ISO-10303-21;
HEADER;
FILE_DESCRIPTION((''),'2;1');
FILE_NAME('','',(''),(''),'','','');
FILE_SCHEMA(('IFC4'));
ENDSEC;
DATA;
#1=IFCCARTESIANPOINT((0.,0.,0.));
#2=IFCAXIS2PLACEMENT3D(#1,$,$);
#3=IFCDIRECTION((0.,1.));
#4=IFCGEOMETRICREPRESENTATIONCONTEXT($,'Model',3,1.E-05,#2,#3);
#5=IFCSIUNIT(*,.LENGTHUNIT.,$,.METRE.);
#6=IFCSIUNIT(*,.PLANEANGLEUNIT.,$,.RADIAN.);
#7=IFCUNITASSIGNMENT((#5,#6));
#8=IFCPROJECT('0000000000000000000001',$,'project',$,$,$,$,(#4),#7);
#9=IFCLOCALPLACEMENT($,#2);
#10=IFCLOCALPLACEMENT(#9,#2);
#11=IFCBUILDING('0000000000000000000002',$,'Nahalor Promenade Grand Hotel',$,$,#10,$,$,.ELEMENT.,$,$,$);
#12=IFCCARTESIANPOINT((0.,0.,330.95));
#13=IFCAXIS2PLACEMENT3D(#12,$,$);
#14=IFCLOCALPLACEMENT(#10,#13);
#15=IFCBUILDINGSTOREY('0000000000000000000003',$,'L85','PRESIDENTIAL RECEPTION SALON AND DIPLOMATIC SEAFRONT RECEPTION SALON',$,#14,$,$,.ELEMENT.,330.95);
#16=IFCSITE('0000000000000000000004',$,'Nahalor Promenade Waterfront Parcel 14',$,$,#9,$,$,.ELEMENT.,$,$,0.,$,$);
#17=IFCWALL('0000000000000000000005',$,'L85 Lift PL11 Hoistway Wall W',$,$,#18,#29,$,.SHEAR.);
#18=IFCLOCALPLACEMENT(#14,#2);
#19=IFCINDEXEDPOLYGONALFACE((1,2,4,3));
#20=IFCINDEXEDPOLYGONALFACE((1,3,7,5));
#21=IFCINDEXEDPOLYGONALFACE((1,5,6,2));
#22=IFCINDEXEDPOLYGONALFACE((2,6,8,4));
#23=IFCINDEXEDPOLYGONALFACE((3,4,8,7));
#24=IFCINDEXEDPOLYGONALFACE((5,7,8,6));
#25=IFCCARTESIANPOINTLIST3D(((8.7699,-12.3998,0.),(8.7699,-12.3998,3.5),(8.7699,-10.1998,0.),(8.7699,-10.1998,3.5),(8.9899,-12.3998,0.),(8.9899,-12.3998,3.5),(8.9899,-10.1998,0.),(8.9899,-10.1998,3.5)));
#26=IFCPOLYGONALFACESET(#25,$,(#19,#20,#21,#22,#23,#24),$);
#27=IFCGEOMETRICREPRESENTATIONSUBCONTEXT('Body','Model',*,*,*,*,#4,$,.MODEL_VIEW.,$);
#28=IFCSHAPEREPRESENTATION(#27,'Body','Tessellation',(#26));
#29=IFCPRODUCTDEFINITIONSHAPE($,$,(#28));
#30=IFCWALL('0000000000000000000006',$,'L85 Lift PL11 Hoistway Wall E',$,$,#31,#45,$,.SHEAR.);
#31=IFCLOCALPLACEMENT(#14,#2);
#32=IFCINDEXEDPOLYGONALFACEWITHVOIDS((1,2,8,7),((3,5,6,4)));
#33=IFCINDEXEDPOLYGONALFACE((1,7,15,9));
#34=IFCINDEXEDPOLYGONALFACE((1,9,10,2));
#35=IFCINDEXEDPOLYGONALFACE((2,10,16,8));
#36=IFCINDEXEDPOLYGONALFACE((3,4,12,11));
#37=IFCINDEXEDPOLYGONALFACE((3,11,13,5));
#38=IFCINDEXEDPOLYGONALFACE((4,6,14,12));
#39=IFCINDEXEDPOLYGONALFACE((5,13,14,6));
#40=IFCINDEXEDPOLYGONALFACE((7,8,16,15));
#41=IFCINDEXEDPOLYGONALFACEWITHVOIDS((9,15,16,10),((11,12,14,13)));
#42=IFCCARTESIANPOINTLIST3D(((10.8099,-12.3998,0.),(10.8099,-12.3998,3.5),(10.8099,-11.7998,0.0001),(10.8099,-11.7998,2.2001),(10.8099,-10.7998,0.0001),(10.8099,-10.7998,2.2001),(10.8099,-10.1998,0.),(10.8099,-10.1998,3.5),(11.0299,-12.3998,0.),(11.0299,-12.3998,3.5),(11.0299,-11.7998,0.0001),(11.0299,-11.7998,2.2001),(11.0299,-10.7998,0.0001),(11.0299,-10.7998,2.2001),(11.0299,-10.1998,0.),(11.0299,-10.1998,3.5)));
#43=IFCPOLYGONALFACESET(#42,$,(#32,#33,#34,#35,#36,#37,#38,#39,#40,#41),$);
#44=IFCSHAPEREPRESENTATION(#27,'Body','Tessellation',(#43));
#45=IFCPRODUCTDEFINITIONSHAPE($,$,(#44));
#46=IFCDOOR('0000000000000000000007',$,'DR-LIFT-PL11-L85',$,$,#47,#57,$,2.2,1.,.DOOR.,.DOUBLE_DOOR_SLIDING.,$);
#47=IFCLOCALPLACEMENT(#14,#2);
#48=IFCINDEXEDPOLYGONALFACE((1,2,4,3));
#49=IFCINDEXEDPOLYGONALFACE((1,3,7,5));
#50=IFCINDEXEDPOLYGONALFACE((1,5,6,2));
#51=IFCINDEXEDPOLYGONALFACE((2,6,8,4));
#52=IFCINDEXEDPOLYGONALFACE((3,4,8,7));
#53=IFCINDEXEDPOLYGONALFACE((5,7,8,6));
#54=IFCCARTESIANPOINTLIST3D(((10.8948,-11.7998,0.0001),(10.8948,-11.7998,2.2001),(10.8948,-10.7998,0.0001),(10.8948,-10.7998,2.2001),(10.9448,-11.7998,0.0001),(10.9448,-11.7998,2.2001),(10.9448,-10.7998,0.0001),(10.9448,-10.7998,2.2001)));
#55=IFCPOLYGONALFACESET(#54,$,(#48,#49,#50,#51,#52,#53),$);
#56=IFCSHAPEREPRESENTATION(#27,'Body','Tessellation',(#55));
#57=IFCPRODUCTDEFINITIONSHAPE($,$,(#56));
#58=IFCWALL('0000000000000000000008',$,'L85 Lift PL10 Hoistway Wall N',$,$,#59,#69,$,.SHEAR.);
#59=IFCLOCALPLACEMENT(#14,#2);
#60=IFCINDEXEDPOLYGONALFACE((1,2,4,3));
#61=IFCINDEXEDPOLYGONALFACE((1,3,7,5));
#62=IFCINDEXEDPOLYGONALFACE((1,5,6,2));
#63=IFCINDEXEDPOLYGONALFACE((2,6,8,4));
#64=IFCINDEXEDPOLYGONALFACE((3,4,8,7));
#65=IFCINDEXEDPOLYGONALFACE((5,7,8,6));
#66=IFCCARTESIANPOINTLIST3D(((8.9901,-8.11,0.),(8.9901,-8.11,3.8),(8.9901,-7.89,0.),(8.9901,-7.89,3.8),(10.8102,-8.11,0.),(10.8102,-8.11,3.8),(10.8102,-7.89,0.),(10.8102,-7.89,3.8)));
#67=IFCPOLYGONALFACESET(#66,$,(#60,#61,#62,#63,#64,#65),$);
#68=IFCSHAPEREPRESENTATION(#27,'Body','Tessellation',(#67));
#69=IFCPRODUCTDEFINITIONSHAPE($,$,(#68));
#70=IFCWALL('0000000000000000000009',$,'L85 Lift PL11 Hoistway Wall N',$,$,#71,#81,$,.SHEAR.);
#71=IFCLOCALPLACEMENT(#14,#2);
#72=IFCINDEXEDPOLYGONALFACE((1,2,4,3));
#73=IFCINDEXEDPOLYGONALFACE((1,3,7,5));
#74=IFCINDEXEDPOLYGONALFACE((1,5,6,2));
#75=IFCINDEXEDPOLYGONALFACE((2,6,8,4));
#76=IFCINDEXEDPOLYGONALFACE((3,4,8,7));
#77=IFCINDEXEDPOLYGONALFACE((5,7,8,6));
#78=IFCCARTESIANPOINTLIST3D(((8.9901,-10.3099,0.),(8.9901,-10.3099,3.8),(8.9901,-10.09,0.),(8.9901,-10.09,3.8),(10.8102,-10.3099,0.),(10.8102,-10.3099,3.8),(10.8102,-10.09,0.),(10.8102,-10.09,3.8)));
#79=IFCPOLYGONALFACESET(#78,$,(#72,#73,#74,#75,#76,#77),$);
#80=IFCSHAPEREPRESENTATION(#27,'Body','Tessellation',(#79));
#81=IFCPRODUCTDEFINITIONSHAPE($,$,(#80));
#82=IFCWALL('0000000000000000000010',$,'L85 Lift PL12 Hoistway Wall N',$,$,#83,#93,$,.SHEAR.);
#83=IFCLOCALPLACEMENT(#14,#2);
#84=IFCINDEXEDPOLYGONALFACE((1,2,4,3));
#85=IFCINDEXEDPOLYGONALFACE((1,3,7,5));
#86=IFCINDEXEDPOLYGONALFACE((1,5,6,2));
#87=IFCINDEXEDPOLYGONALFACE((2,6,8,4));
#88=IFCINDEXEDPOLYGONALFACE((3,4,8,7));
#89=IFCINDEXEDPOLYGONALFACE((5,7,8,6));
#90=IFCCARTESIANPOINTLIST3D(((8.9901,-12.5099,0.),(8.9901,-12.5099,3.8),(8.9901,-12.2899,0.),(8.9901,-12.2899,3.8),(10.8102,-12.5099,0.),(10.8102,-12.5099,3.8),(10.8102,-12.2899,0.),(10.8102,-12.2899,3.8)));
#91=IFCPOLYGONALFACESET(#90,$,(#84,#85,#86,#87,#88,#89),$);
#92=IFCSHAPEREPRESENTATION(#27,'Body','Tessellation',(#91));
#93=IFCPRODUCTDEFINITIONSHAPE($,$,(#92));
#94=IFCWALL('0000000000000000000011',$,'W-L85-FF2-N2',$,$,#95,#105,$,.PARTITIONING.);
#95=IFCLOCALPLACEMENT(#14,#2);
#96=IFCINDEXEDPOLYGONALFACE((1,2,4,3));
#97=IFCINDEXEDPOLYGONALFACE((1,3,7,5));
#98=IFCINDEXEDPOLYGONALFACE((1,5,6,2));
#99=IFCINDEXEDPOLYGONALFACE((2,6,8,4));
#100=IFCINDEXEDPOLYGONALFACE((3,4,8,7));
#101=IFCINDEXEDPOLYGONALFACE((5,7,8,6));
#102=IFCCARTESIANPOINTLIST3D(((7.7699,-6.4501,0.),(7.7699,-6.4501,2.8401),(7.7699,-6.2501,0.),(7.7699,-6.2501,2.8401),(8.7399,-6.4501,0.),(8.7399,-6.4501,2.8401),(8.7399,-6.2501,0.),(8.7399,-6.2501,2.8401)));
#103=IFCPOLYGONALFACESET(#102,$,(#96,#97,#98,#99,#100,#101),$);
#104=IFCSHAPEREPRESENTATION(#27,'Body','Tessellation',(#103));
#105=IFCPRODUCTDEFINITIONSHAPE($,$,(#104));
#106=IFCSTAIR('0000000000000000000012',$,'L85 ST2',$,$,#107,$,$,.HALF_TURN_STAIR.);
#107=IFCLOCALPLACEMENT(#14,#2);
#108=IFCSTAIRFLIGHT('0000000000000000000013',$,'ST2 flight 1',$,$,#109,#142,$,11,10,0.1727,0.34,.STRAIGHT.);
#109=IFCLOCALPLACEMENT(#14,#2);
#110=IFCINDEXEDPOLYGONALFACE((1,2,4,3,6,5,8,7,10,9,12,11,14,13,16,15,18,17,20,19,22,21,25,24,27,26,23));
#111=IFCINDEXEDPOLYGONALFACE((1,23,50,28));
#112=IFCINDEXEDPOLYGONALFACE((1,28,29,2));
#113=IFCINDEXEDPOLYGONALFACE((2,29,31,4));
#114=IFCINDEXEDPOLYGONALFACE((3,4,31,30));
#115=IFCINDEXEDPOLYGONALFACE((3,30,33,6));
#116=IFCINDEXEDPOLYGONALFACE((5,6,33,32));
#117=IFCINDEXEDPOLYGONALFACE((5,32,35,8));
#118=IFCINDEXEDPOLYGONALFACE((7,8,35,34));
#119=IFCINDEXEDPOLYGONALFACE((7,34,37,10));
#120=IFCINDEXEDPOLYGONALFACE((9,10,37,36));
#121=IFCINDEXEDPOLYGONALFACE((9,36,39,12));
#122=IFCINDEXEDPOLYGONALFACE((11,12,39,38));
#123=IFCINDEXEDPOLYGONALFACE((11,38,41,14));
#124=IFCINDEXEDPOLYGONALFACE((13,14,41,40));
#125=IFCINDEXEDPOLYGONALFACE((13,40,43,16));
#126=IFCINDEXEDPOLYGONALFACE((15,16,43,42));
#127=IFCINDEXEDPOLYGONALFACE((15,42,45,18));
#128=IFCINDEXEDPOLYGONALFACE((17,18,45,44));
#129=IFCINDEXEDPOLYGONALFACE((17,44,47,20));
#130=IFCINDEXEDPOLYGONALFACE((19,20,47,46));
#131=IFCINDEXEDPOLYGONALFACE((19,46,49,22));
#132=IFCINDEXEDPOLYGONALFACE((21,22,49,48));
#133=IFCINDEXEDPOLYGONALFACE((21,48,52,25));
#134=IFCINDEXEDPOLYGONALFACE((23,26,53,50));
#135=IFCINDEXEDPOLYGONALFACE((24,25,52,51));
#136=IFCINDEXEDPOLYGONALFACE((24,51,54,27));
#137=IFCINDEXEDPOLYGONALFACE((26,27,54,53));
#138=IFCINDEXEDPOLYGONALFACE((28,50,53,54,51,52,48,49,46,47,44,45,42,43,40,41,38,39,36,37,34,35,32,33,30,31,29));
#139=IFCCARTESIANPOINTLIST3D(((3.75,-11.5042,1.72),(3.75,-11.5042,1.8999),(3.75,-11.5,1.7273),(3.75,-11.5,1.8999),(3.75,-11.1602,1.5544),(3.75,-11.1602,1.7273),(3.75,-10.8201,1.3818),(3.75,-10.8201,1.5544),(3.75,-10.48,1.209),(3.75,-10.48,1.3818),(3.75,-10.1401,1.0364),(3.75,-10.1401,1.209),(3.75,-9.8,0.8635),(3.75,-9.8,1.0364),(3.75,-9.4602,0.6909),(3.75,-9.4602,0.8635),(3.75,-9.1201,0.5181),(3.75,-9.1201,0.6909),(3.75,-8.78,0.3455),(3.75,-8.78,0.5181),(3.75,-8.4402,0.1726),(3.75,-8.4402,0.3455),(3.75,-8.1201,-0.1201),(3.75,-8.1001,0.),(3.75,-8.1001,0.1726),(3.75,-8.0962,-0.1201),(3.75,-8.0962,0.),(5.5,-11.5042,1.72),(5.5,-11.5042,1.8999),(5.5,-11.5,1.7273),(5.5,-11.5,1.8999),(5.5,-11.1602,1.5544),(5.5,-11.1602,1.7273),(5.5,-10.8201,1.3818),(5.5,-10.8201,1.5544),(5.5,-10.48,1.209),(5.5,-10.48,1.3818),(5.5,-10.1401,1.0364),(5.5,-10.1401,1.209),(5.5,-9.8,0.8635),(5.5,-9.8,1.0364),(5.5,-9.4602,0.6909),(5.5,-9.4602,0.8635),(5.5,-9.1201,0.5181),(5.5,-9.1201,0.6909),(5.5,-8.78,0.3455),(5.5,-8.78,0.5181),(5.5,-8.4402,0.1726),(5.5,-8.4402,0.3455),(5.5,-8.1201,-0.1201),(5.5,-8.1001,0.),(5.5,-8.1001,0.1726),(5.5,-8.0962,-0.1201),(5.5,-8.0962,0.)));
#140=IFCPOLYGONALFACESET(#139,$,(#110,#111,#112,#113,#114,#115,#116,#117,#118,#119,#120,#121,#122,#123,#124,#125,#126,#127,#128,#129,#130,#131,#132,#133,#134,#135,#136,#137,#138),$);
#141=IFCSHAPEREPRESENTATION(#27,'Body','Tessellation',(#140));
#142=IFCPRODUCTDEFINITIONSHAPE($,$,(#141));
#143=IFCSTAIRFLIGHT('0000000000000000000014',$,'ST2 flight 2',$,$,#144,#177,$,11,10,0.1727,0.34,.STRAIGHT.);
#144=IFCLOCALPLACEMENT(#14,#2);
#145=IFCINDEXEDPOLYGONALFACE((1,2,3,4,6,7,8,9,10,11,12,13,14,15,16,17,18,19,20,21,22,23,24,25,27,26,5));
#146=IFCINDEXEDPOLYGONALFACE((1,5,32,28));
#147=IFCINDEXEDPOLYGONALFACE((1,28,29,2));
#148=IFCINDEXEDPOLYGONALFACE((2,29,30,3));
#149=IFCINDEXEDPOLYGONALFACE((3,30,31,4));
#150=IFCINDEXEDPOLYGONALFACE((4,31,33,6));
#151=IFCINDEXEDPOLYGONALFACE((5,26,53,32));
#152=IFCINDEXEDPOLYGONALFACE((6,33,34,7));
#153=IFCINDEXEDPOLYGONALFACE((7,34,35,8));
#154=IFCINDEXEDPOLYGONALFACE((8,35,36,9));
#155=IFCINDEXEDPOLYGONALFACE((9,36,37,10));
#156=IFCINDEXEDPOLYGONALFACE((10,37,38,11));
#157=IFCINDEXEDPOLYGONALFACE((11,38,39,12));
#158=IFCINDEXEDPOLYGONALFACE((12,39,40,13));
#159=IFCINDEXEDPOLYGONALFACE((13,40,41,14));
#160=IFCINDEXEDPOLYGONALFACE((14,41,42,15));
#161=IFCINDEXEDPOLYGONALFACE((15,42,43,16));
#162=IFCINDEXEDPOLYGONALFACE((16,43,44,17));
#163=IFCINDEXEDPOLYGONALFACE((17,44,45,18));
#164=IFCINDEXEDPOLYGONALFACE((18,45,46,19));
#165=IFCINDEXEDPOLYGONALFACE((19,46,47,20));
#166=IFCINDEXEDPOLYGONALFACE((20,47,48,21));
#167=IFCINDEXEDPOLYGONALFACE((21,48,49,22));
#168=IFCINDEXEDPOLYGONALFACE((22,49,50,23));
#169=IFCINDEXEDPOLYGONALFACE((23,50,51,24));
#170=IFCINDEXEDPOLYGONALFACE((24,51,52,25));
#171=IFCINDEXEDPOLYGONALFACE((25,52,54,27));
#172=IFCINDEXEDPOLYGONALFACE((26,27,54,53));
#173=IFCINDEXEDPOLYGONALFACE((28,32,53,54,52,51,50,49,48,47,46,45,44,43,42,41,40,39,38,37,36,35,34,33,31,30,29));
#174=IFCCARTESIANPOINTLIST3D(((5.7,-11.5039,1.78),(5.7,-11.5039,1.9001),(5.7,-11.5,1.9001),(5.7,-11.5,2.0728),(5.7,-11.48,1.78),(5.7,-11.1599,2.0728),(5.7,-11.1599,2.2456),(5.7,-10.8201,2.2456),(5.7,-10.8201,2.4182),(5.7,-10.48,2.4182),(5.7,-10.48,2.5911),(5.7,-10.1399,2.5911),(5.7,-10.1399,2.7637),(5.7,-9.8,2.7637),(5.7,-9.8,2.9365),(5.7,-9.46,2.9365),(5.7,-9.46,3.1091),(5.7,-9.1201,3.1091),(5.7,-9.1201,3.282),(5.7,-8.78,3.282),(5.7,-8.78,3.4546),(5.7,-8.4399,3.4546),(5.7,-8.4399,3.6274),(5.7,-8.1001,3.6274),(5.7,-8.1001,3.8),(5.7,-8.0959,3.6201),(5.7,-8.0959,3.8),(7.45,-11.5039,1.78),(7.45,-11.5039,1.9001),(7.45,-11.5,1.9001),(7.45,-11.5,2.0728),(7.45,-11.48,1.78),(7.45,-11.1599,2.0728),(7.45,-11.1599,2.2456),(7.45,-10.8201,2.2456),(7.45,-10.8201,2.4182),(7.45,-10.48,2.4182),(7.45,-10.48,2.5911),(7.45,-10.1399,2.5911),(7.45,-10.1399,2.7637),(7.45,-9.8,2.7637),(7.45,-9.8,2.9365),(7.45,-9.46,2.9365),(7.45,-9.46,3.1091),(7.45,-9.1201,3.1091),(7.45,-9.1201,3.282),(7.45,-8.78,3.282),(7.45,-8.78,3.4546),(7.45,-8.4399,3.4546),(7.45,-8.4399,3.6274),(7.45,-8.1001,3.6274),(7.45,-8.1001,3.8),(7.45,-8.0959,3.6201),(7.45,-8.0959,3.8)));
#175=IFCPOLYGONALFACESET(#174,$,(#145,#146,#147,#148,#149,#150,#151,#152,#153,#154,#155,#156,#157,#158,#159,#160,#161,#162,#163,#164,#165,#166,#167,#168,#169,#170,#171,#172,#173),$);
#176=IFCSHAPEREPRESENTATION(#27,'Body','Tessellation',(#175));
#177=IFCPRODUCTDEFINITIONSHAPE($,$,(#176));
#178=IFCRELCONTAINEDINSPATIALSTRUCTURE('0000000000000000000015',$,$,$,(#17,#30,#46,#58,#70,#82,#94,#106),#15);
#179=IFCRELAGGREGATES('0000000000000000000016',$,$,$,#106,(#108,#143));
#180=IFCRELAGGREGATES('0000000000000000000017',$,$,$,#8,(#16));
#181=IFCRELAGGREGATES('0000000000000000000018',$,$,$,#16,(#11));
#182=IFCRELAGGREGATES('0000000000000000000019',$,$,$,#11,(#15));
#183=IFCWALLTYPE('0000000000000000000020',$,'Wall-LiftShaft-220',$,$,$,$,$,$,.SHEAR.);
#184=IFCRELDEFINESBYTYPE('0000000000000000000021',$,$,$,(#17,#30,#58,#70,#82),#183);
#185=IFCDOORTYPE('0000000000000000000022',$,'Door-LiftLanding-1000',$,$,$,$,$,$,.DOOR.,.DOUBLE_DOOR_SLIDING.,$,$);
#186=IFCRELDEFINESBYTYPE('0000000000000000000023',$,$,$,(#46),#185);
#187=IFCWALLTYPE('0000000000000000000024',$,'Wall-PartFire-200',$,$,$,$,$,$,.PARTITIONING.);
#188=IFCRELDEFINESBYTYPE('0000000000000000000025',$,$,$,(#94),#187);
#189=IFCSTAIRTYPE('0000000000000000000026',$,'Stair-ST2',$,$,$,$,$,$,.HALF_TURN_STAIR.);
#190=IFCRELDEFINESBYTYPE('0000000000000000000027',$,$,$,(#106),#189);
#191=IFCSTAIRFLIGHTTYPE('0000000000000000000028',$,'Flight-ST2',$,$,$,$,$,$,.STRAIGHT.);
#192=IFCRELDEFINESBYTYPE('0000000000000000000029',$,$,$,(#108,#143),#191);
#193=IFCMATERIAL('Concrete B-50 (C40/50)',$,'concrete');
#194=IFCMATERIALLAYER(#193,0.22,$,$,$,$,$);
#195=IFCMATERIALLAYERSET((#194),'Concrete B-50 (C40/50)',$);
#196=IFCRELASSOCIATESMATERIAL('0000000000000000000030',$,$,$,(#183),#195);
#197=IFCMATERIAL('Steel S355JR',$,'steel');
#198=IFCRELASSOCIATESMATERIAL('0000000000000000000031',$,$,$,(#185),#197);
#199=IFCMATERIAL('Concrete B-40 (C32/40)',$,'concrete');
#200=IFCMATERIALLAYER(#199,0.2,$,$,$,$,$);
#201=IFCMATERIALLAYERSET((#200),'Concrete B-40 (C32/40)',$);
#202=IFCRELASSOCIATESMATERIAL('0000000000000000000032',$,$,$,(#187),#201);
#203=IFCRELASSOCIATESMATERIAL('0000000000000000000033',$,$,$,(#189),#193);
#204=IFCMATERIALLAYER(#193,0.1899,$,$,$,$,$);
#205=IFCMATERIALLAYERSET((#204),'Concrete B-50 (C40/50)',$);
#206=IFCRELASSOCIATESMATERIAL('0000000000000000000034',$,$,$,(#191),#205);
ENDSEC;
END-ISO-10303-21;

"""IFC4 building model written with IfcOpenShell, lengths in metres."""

from ifc_helpers import new_model, si_unit, direction, frame, frame_2d, origin, place, context, subcontext, project, spatial, polyline, rectangle, outline, extrude, source, transform, mapped, material, layer, layer_set, type_object, element, fill, aggregate, save


model = new_model("IFC4")

# Units and contexts
model_context = context("Model", 3, precision=1e-05, world=origin(), true_north=direction((0.0, 1.0)))
body_context = subcontext(model_context, "Body", "Model", "MODEL_VIEW")
ifc_project = project(units=[si_unit("LENGTHUNIT", "METRE"), si_unit("PLANEANGLEUNIT", "RADIAN")], contexts=[model_context])

# Site, building, storey
site_placement = place(None, origin())
site = spatial("IfcSite", under=ifc_project, at=site_placement, Name="Nahalor Promenade Waterfront Parcel 14", CompositionType="ELEMENT", RefElevation=0.0)
building_placement = place(site_placement, origin())
building = spatial("IfcBuilding", under=site, at=building_placement, Name="Nahalor Promenade Grand Hotel", CompositionType="ELEMENT")
storey_placement = place(building_placement, frame((0.0, 0.0, 330.95)))
storey = spatial("IfcBuildingStorey", under=building, at=storey_placement, Name="L85", Description="PRESIDENTIAL RECEPTION SALON AND DIPLOMATIC SEAFRONT RECEPTION SALON", CompositionType="ELEMENT", Elevation=330.95)

# Shared definitions
ifc_material_1 = material(Name="Steel S355JR", Category="steel")

# Shared definitions
ifc_material_2 = material(Name="Concrete B-50 (C40/50)", Category="concrete")
ifc_layer_1 = layer(ifc_material_2, 0.22)
ifc_layer_set_1 = layer_set([ifc_layer_1], Name="Concrete B-50 (C40/50)")
wall_type_1 = type_object("IfcWallType", Name="Wall-LiftShaft-220", PredefinedType="SHEAR", material=ifc_layer_set_1)

# Shared definitions
door_type = type_object("IfcDoorType", Name="Door-LiftLanding-1000", OperationType="DOUBLE_DOOR_SLIDING", PredefinedType="DOOR", material=ifc_material_1)
shared_shape_1 = source(origin(), body_context, "Body", "SweptSolid", [
    extrude(rectangle(XDim=1.0, YDim=2.2, at=frame_2d((0.5, 1.1001))), frame((0.0, 0.0249, 0.0), z_axis=(0.0, -1.0, 0.0), x_axis=(1.0, 0.0, 0.0)), (0.0, 0.0, 1.0), 0.05),
])

# Shared definitions
shared_shape_2 = source(origin(), body_context, "Body", "SweptSolid", [
    extrude(rectangle(XDim=2.2, YDim=0.22, at=frame_2d((1.1001, 0.0))), origin(), (0.0, 0.0, 1.0), 3.5),
])

# Wall
wall_1_placement = place(storey_placement, frame((8.8799, -12.3999, 0.0), z_axis=(0.0, 0.0, 1.0), x_axis=(0.0, 1.0, 0.0)))
element("IfcWall", 1, at=wall_1_placement, inside=storey, type_object=wall_type_1, Name="L85 Lift PL11 Hoistway Wall W", PredefinedType="SHEAR", context=body_context, shape_type="MappedRepresentation", body=[
    mapped(shared_shape_2, transform((0.0, 0.0, 0.0), scale=1.0)),
])

# Wall, opening, door
wall_2_placement = place(storey_placement, frame((10.9199, -12.3999, 0.0), z_axis=(0.0, 0.0, 1.0), x_axis=(0.0, 1.0, 0.0)))
wall_2 = element("IfcWall", 2, at=wall_2_placement, inside=storey, type_object=wall_type_1, Name="L85 Lift PL11 Hoistway Wall E", PredefinedType="SHEAR", context=body_context, shape_type="MappedRepresentation", body=[
    mapped(shared_shape_2, transform((0.0, 0.0, 0.0), scale=1.0)),
])
opening_1_placement = place(wall_2_placement, frame((0.6001, 0.0, 0.0)))
opening_1 = element("IfcOpeningElement", 3, at=opening_1_placement, cuts=wall_2, PredefinedType="OPENING", context=body_context, shape_type="SweptSolid", body=[
    extrude(rectangle(XDim=1.0, YDim=2.2, at=frame_2d((0.5, 1.1001))), frame((0.0, 0.1199, 0.0), z_axis=(0.0, -1.0, 0.0), x_axis=(1.0, 0.0, 0.0)), (0.0, 0.0, 1.0), 0.24),
])
door_1_placement = place(opening_1_placement, frame((1.0, 0.0, 0.0), z_axis=(0.0, 0.0, 1.0), x_axis=(-1.0, 0.0, 0.0)))
door_1 = element("IfcDoor", 4, at=door_1_placement, inside=storey, type_object=door_type, Name="DR-LIFT-PL11-L85", OperationType="DOUBLE_DOOR_SLIDING", OverallHeight=2.2, OverallWidth=1.0, PredefinedType="DOOR", context=body_context, shape_type="MappedRepresentation", body=[
    mapped(shared_shape_1, transform((0.0, 0.0, 0.0), scale=1.0)),
])
fill(opening_1, door_1)

# Walls
shared_shape_3 = source(origin(), body_context, "Body", "SweptSolid", [
    extrude(rectangle(XDim=1.8201, YDim=0.22, at=frame_2d((0.9102, 0.0))), origin(), (0.0, 0.0, 1.0), 3.8),
])
for number, where, z_axis, x_axis, name in (
    (5, (8.99, -8.0, 0.0), (0.0, 0.0, 1.0), (1.0, 0.0, 0.0), "L85 Lift PL10 Hoistway Wall N"),
    (6, (8.99, -10.2, 0.0), (0.0, 0.0, 1.0), (1.0, 0.0, 0.0), "L85 Lift PL11 Hoistway Wall N"),
    (7, (8.99, -12.3999, 0.0), (0.0, 0.0, 1.0), (1.0, 0.0, 0.0), "L85 Lift PL12 Hoistway Wall N"),
):
    element("IfcWall", number, at=place(storey_placement, frame(where, z_axis=z_axis, x_axis=x_axis)), inside=storey, type_object=wall_type_1, Name=name, PredefinedType="SHEAR", context=body_context, shape_type="MappedRepresentation", body=[
        mapped(shared_shape_3, transform((0.0, 0.0, 0.0), scale=1.0)),
    ])
ifc_material_3 = material(Name="Concrete B-40 (C32/40)", Category="concrete")
ifc_layer_2 = layer(ifc_material_3, 0.2)
ifc_layer_set_2 = layer_set([ifc_layer_2], Name="Concrete B-40 (C32/40)")
wall_type_2 = type_object("IfcWallType", Name="Wall-PartFire-200", PredefinedType="PARTITIONING", material=ifc_layer_set_2)
shared_shape_4 = source(origin(), body_context, "Body", "SweptSolid", [
    extrude(rectangle(XDim=0.97, YDim=0.2, at=frame_2d((0.4849, 0.0))), origin(), (0.0, 0.0, 1.0), 2.8401),
])
wall_3_placement = place(storey_placement, frame((7.77, -6.3501, 0.0), z_axis=(0.0, 0.0, 1.0), x_axis=(1.0, 0.0, 0.0)))
element("IfcWall", 8, at=wall_3_placement, inside=storey, type_object=wall_type_2, Name="W-L85-FF2-N2", PredefinedType="PARTITIONING", context=body_context, shape_type="MappedRepresentation", body=[
    mapped(shared_shape_4, transform((0.0, 0.0, 0.0), scale=1.0)),
])

# Stair, stair flights
stair_type = type_object("IfcStairType", Name="Stair-ST2", PredefinedType="HALF_TURN_STAIR", material=ifc_material_2)
stair_placement = place(storey_placement, origin())
stair = element("IfcStair", 9, at=stair_placement, inside=storey, type_object=stair_type, Name="L85 ST2", PredefinedType="HALF_TURN_STAIR")
ifc_layer_3 = layer(ifc_material_2, 0.1899)
ifc_layer_set_3 = layer_set([ifc_layer_3], Name="Concrete B-50 (C40/50)")
stair_flight_type = type_object("IfcStairFlightType", Name="Flight-ST2", PredefinedType="STRAIGHT", material=ifc_layer_set_3)
shared_shape_5 = source(origin(), body_context, "Body", "SweptSolid", [
    extrude(outline(polyline([(-0.0039, -0.1201), (-0.0039, 0.0), (0.0, 0.0), (0.0, 0.1726), (0.3401, 0.1726), (0.3401, 0.3455), (0.6799, 0.3455), (0.6799, 0.5181), (1.02, 0.5181), (1.02, 0.6909), (1.3601, 0.6909), (1.3601, 0.8635), (1.7, 0.8635), (1.7, 1.0364), (2.04, 1.0364), (2.04, 1.209), (2.3799, 1.209), (2.3799, 1.3818), (2.72, 1.3818), (2.72, 1.5544), (3.0601, 1.5544), (3.0601, 1.7273), (3.3999, 1.7273), (3.3999, 1.8999), (3.4041, 1.8999), (3.4041, 1.72), (0.02, -0.1201), (-0.0039, -0.1201)])), frame((0.0, 0.875, 0.0), z_axis=(0.0, -1.0, 0.0), x_axis=(1.0, 0.0, 0.0)), (0.0, 0.0, 1.0), 1.75),
])
stair_flight_1_placement = place(storey_placement, frame((4.625, -8.1001, 0.0), z_axis=(0.0, 0.0, 1.0), x_axis=(0.0, -1.0, 0.0)))
stair_flight_1 = element("IfcStairFlight", 10, at=stair_flight_1_placement, type_object=stair_flight_type, Name="ST2 flight 1", NumberOfRisers=11, NumberOfTreads=10, PredefinedType="STRAIGHT", RiserHeight=0.1727, TreadLength=0.34, context=body_context, shape_type="MappedRepresentation", body=[
    mapped(shared_shape_5, transform((0.0, 0.0, 0.0), scale=1.0)),
])
stair_flight_2_placement = place(storey_placement, frame((6.575, -11.5, 1.9001), z_axis=(0.0, 0.0, 1.0), x_axis=(0.0, 1.0, 0.0)))
stair_flight_2 = element("IfcStairFlight", 11, at=stair_flight_2_placement, type_object=stair_flight_type, Name="ST2 flight 2", NumberOfRisers=11, NumberOfTreads=10, PredefinedType="STRAIGHT", RiserHeight=0.1727, TreadLength=0.34, context=body_context, shape_type="MappedRepresentation", body=[
    mapped(shared_shape_5, transform((0.0, 0.0, 0.0), scale=1.0)),
])
aggregate(stair, [stair_flight_1, stair_flight_2])

save(model, "model.ifc")
